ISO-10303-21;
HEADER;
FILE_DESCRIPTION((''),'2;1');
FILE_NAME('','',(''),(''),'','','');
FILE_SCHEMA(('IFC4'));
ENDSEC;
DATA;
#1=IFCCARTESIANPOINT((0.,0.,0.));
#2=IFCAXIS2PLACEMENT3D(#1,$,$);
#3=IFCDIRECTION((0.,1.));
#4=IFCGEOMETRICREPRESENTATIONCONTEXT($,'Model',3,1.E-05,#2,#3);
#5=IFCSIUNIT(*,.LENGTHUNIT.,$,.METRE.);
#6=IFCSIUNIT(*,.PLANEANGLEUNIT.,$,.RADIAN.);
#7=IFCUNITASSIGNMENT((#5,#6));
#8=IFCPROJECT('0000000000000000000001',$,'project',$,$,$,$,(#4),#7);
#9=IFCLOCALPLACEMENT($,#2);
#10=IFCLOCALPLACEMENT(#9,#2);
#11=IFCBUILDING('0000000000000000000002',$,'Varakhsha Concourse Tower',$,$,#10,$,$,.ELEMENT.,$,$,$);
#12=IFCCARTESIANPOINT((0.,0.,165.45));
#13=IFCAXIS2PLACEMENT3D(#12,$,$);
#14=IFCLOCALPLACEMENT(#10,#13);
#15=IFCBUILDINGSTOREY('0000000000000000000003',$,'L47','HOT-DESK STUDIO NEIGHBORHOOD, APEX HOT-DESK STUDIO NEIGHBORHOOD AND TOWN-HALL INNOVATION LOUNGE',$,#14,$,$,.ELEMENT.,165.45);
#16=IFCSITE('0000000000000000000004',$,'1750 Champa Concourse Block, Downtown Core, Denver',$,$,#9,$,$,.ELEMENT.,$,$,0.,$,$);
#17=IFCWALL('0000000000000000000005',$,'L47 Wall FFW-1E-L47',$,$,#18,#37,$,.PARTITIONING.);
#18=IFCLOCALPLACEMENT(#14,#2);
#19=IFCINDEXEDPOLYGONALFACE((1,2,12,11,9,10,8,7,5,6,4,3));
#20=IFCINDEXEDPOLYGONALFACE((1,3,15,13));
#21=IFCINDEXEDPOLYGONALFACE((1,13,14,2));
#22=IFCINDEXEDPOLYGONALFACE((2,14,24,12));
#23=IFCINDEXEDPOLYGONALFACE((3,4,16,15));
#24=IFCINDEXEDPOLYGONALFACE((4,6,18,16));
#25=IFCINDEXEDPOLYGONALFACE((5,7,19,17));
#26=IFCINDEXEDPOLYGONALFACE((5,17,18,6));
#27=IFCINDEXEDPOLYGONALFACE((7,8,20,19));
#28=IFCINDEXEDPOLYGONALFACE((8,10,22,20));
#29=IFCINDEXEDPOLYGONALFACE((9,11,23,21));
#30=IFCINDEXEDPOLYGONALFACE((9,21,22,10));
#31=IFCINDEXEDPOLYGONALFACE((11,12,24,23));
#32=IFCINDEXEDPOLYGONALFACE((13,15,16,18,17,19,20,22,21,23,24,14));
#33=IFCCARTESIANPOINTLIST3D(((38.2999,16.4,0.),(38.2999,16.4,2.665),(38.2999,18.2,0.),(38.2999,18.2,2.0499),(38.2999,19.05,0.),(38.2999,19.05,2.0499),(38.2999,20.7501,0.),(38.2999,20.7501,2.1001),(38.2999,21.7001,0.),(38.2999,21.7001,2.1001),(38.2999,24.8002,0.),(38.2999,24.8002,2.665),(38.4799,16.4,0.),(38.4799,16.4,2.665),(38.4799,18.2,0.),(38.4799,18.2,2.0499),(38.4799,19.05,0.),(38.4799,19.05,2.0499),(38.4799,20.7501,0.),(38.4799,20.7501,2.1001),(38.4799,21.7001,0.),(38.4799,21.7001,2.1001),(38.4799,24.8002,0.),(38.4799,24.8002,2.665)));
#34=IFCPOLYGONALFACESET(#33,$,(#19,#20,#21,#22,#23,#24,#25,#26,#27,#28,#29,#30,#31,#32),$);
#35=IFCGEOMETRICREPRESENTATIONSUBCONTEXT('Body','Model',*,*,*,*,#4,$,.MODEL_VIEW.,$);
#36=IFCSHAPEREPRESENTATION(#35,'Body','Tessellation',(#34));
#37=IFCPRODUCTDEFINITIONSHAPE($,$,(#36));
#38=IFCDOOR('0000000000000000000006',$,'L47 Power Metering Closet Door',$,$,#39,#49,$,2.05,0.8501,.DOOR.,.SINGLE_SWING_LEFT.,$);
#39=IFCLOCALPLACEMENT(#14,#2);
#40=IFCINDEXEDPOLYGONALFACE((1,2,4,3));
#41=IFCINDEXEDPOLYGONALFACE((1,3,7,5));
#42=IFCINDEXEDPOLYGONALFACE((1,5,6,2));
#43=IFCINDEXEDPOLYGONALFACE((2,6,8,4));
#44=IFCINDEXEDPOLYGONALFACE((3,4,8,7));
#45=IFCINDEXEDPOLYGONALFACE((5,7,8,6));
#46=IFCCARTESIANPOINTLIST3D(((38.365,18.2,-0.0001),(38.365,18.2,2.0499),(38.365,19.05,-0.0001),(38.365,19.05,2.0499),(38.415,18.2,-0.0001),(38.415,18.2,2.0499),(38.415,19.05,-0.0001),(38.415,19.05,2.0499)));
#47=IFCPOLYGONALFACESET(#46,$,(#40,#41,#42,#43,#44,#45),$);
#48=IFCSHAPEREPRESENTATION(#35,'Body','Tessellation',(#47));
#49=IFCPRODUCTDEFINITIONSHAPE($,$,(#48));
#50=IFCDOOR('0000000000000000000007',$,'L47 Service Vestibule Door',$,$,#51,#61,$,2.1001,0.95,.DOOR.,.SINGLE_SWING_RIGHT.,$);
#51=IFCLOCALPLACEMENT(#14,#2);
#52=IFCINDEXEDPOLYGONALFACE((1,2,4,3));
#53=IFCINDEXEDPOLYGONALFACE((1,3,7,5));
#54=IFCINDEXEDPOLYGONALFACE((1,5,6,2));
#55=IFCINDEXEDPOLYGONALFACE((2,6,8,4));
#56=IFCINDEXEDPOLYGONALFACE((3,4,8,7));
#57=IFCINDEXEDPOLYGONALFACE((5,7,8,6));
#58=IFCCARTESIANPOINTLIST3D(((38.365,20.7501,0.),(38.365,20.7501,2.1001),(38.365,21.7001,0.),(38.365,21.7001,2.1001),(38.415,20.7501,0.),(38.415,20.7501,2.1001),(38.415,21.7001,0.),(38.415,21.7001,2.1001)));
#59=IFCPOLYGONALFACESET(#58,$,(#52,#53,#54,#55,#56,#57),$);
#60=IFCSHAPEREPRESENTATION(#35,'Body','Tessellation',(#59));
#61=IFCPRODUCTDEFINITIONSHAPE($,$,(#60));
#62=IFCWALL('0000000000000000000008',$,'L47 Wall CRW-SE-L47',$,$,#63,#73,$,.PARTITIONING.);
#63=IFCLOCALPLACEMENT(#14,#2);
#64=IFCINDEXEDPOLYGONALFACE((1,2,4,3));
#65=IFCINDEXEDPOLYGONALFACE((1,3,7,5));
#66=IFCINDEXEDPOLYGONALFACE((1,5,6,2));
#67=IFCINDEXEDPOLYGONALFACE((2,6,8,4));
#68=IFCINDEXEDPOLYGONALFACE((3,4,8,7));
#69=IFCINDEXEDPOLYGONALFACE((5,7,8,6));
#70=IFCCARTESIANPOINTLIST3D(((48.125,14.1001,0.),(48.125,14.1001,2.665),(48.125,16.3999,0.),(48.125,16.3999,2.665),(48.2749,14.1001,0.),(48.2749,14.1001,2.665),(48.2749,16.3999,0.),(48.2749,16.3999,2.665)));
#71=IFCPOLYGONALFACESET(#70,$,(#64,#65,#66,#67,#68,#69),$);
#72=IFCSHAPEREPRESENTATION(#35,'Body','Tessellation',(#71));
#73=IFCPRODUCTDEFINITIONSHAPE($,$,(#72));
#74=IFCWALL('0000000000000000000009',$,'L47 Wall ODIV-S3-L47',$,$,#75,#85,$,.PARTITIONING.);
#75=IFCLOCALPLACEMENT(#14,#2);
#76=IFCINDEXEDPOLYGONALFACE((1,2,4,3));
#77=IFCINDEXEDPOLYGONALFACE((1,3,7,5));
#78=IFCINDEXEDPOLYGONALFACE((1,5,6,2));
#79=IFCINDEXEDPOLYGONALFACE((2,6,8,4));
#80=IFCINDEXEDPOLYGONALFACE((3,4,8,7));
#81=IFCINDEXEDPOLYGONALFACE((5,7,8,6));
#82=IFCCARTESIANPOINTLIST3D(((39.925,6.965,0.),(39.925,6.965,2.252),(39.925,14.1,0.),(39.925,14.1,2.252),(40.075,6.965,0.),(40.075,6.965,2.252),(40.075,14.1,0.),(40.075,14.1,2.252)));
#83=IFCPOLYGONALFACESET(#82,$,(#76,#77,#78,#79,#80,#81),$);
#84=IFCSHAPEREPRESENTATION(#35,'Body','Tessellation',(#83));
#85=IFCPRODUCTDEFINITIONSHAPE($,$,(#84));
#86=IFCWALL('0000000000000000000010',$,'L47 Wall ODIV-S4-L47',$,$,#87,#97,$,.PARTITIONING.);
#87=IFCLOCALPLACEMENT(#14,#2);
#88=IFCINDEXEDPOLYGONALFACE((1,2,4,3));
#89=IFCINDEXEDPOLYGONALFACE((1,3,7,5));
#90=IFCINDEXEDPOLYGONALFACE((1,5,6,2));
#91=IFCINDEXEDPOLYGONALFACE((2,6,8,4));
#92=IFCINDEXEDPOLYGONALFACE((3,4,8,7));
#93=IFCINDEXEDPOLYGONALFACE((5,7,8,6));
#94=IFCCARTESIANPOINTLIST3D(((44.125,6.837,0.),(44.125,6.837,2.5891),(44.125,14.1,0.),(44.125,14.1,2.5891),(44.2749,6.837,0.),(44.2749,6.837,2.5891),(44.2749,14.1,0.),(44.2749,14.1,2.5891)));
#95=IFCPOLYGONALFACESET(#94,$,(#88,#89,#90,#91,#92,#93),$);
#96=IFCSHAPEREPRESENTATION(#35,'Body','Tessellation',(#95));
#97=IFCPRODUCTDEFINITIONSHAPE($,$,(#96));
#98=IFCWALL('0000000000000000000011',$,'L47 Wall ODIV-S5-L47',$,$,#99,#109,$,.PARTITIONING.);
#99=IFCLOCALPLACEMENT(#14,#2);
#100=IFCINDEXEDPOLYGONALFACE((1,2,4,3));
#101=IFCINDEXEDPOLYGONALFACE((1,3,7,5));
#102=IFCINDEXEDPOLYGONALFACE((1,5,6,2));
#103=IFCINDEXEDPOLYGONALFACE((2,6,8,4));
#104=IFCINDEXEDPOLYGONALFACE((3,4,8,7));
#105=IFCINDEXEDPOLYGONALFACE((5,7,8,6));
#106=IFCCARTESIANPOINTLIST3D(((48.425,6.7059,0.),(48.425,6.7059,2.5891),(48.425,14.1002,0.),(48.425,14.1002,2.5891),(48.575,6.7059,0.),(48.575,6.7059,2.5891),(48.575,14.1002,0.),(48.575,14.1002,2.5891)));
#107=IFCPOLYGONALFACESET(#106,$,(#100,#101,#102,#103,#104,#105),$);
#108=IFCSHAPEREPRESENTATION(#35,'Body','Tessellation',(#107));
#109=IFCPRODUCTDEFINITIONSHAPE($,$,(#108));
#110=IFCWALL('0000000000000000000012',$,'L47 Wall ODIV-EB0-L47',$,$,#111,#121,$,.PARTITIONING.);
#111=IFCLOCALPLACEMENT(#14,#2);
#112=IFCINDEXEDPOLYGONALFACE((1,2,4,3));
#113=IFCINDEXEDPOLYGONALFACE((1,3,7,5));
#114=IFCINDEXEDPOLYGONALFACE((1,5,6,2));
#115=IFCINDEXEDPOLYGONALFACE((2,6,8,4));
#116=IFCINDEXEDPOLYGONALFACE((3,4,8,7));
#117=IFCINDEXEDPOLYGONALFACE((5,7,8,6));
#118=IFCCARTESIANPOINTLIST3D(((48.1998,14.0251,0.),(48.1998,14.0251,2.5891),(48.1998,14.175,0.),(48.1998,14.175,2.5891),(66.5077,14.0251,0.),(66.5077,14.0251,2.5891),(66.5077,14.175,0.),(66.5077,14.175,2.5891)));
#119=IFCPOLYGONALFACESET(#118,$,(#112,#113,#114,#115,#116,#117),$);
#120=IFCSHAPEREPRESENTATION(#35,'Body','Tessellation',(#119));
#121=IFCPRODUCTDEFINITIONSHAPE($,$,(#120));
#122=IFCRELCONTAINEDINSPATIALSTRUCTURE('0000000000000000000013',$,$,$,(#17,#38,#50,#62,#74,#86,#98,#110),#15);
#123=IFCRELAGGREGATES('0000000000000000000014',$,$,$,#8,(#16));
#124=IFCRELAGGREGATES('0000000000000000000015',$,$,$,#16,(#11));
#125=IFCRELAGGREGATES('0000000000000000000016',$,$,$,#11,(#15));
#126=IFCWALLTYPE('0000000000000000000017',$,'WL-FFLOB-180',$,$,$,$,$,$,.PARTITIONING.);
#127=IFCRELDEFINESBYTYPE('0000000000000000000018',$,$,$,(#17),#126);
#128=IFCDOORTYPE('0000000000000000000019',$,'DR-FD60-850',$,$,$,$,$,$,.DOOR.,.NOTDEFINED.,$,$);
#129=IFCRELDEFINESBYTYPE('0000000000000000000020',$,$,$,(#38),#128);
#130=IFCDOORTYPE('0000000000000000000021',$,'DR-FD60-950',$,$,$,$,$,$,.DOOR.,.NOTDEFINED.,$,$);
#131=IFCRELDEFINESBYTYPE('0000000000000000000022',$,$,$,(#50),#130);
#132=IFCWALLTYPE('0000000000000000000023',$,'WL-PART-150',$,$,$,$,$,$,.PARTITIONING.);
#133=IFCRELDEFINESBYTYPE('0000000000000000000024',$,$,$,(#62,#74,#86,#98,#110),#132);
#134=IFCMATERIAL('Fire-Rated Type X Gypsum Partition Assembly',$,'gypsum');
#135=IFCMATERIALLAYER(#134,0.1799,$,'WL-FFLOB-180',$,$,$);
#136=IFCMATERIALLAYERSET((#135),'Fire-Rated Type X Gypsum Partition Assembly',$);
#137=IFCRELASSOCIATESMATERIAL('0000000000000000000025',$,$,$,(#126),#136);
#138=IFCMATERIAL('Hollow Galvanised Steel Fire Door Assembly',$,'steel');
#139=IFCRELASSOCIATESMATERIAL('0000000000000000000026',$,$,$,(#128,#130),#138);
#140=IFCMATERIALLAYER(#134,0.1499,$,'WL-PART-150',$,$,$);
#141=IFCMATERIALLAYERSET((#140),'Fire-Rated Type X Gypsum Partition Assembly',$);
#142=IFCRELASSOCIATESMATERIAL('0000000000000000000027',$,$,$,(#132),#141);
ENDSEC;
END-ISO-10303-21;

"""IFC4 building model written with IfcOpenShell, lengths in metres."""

from ifc_helpers import new_model, si_unit, direction, frame, frame_2d, origin, place, context, subcontext, project, spatial, rectangle, extrude, material, layer, layer_set, type_object, element, fill, save


model = new_model("IFC4")

# Units and contexts
model_context = context("Model", 3, precision=1e-05, world=origin(), true_north=direction((0.0, 1.0)))
body_context = subcontext(model_context, "Body", "Model", "MODEL_VIEW")
ifc_project = project(units=[si_unit("LENGTHUNIT", "METRE"), si_unit("PLANEANGLEUNIT", "RADIAN")], contexts=[model_context])

# Site, building, storey
site_placement = place(None, origin())
site = spatial("IfcSite", under=ifc_project, at=site_placement, Name="1750 Champa Concourse Block, Downtown Core, Denver", CompositionType="ELEMENT", RefElevation=0.0)
building_placement = place(site_placement, origin())
building = spatial("IfcBuilding", under=site, at=building_placement, Name="Varakhsha Concourse Tower", CompositionType="ELEMENT")
storey_placement = place(building_placement, frame((0.0, 0.0, 165.45)))
storey = spatial("IfcBuildingStorey", under=building, at=storey_placement, Name="L47", Description="HOT-DESK STUDIO NEIGHBORHOOD, APEX HOT-DESK STUDIO NEIGHBORHOOD AND TOWN-HALL INNOVATION LOUNGE", CompositionType="ELEMENT", Elevation=165.45)

# Wall, openings, doors
ifc_material_1 = material(Name="Fire-Rated Type X Gypsum Partition Assembly", Category="gypsum")
ifc_layer_1 = layer(ifc_material_1, 0.1799, Name="WL-FFLOB-180")
ifc_layer_set_1 = layer_set([ifc_layer_1], Name="Fire-Rated Type X Gypsum Partition Assembly")
wall_type_1 = type_object("IfcWallType", Name="WL-FFLOB-180", PredefinedType="PARTITIONING", material=ifc_layer_set_1)
wall_1_placement = place(storey_placement, frame((38.3899, 16.3999, 0.0), z_axis=(0.0, 0.0, 1.0), x_axis=(0.0, 1.0, 0.0)))
wall_1 = element("IfcWall", 1, at=wall_1_placement, inside=storey, type_object=wall_type_1, Name="L47 Wall FFW-1E-L47", PredefinedType="PARTITIONING", context=body_context, shape_type="SweptSolid", body=[
    extrude(rectangle(XDim=8.4001, YDim=0.1799, at=frame_2d((4.2002, 0.0))), origin(), (0.0, 0.0, 1.0), 2.665),
])
opening_1_placement = place(wall_1_placement, frame((1.8, 0.0, 0.0)))
opening_1 = element("IfcOpeningElement", 2, at=opening_1_placement, cuts=wall_1, PredefinedType="OPENING", context=body_context, shape_type="SweptSolid", body=[
    extrude(rectangle(XDim=0.8501, YDim=2.05, at=frame_2d((0.425, 1.0249))), frame((0.0, 0.0999, 0.0), z_axis=(0.0, -1.0, 0.0), x_axis=(1.0, 0.0, 0.0)), (0.0, 0.0, 1.0), 0.2),
])
opening_2_placement = place(wall_1_placement, frame((4.3501, 0.0, 0.0)))
opening_2 = element("IfcOpeningElement", 3, at=opening_2_placement, cuts=wall_1, PredefinedType="OPENING", context=body_context, shape_type="SweptSolid", body=[
    extrude(rectangle(XDim=0.95, YDim=2.1001, at=frame_2d((0.4751, 1.05))), frame((0.0, 0.0999, 0.0), z_axis=(0.0, -1.0, 0.0), x_axis=(1.0, 0.0, 0.0)), (0.0, 0.0, 1.0), 0.2),
])
ifc_material_2 = material(Name="Hollow Galvanised Steel Fire Door Assembly", Category="steel")
door_type_1 = type_object("IfcDoorType", Name="DR-FD60-850", OperationType="NOTDEFINED", PredefinedType="DOOR", material=ifc_material_2)
door_1_placement = place(opening_1_placement, origin())
door_1 = element("IfcDoor", 4, at=door_1_placement, inside=storey, type_object=door_type_1, Name="L47 Power Metering Closet Door", OperationType="SINGLE_SWING_LEFT", OverallHeight=2.05, OverallWidth=0.8501, PredefinedType="DOOR", context=body_context, shape_type="SweptSolid", body=[
    extrude(rectangle(XDim=0.8501, YDim=2.05, at=frame_2d((0.425, 1.0249))), frame((0.0, 0.0249, 0.0), z_axis=(0.0, -1.0, 0.0), x_axis=(1.0, 0.0, 0.0)), (0.0, 0.0, 1.0), 0.05),
])
fill(opening_1, door_1)
door_type_2 = type_object("IfcDoorType", Name="DR-FD60-950", OperationType="NOTDEFINED", PredefinedType="DOOR", material=ifc_material_2)
door_2_placement = place(opening_2_placement, origin())
door_2 = element("IfcDoor", 5, at=door_2_placement, inside=storey, type_object=door_type_2, Name="L47 Service Vestibule Door", OperationType="SINGLE_SWING_RIGHT", OverallHeight=2.1001, OverallWidth=0.95, PredefinedType="DOOR", context=body_context, shape_type="SweptSolid", body=[
    extrude(rectangle(XDim=0.95, YDim=2.1001, at=frame_2d((0.4751, 1.05))), frame((0.0, 0.0249, 0.0), z_axis=(0.0, -1.0, 0.0), x_axis=(1.0, 0.0, 0.0)), (0.0, 0.0, 1.0), 0.05),
])
fill(opening_2, door_2)

# Walls
ifc_layer_2 = layer(ifc_material_1, 0.1499, Name="WL-PART-150")
ifc_layer_set_2 = layer_set([ifc_layer_2], Name="Fire-Rated Type X Gypsum Partition Assembly")
wall_type_2 = type_object("IfcWallType", Name="WL-PART-150", PredefinedType="PARTITIONING", material=ifc_layer_set_2)
wall_2_placement = place(storey_placement, frame((48.2, 14.1001, 0.0), z_axis=(0.0, 0.0, 1.0), x_axis=(0.0, 1.0, 0.0)))
element("IfcWall", 6, at=wall_2_placement, inside=storey, type_object=wall_type_2, Name="L47 Wall CRW-SE-L47", PredefinedType="PARTITIONING", context=body_context, shape_type="SweptSolid", body=[
    extrude(rectangle(XDim=2.2998, YDim=0.1499, at=frame_2d((1.1499, 0.0))), origin(), (0.0, 0.0, 1.0), 2.665),
])
wall_3_placement = place(storey_placement, frame((40.0, 6.9651, 0.0), z_axis=(0.0, 0.0, 1.0), x_axis=(0.0, 1.0, 0.0)))
element("IfcWall", 7, at=wall_3_placement, inside=storey, type_object=wall_type_2, Name="L47 Wall ODIV-S3-L47", PredefinedType="PARTITIONING", context=body_context, shape_type="SweptSolid", body=[
    extrude(rectangle(XDim=7.135, YDim=0.1499, at=frame_2d((3.5674, 0.0))), origin(), (0.0, 0.0, 1.0), 2.252),
])
wall_4_placement = place(storey_placement, frame((44.2, 6.8372, 0.0), z_axis=(0.0, 0.0, 1.0), x_axis=(0.0, 1.0, 0.0)))
element("IfcWall", 8, at=wall_4_placement, inside=storey, type_object=wall_type_2, Name="L47 Wall ODIV-S4-L47", PredefinedType="PARTITIONING", context=body_context, shape_type="SweptSolid", body=[
    extrude(rectangle(XDim=7.2629, YDim=0.1499, at=frame_2d((3.6313, 0.0))), origin(), (0.0, 0.0, 1.0), 2.5891),
])
wall_5_placement = place(storey_placement, frame((48.5, 6.7058, 0.0), z_axis=(0.0, 0.0, 1.0), x_axis=(0.0, 1.0, 0.0)))
element("IfcWall", 9, at=wall_5_placement, inside=storey, type_object=wall_type_2, Name="L47 Wall ODIV-S5-L47", PredefinedType="PARTITIONING", context=body_context, shape_type="SweptSolid", body=[
    extrude(rectangle(XDim=7.3943, YDim=0.1499, at=frame_2d((3.6973, 0.0))), origin(), (0.0, 0.0, 1.0), 2.5891),
])
wall_6_placement = place(storey_placement, frame((48.2, 14.1001, 0.0), z_axis=(0.0, 0.0, 1.0), x_axis=(1.0, 0.0, 0.0)))
element("IfcWall", 10, at=wall_6_placement, inside=storey, type_object=wall_type_2, Name="L47 Wall ODIV-EB0-L47", PredefinedType="PARTITIONING", context=body_context, shape_type="SweptSolid", body=[
    extrude(rectangle(XDim=18.3079, YDim=0.1499, at=frame_2d((9.1538, 0.0))), origin(), (0.0, 0.0, 1.0), 2.5891),
])

save(model, "model.ifc")
